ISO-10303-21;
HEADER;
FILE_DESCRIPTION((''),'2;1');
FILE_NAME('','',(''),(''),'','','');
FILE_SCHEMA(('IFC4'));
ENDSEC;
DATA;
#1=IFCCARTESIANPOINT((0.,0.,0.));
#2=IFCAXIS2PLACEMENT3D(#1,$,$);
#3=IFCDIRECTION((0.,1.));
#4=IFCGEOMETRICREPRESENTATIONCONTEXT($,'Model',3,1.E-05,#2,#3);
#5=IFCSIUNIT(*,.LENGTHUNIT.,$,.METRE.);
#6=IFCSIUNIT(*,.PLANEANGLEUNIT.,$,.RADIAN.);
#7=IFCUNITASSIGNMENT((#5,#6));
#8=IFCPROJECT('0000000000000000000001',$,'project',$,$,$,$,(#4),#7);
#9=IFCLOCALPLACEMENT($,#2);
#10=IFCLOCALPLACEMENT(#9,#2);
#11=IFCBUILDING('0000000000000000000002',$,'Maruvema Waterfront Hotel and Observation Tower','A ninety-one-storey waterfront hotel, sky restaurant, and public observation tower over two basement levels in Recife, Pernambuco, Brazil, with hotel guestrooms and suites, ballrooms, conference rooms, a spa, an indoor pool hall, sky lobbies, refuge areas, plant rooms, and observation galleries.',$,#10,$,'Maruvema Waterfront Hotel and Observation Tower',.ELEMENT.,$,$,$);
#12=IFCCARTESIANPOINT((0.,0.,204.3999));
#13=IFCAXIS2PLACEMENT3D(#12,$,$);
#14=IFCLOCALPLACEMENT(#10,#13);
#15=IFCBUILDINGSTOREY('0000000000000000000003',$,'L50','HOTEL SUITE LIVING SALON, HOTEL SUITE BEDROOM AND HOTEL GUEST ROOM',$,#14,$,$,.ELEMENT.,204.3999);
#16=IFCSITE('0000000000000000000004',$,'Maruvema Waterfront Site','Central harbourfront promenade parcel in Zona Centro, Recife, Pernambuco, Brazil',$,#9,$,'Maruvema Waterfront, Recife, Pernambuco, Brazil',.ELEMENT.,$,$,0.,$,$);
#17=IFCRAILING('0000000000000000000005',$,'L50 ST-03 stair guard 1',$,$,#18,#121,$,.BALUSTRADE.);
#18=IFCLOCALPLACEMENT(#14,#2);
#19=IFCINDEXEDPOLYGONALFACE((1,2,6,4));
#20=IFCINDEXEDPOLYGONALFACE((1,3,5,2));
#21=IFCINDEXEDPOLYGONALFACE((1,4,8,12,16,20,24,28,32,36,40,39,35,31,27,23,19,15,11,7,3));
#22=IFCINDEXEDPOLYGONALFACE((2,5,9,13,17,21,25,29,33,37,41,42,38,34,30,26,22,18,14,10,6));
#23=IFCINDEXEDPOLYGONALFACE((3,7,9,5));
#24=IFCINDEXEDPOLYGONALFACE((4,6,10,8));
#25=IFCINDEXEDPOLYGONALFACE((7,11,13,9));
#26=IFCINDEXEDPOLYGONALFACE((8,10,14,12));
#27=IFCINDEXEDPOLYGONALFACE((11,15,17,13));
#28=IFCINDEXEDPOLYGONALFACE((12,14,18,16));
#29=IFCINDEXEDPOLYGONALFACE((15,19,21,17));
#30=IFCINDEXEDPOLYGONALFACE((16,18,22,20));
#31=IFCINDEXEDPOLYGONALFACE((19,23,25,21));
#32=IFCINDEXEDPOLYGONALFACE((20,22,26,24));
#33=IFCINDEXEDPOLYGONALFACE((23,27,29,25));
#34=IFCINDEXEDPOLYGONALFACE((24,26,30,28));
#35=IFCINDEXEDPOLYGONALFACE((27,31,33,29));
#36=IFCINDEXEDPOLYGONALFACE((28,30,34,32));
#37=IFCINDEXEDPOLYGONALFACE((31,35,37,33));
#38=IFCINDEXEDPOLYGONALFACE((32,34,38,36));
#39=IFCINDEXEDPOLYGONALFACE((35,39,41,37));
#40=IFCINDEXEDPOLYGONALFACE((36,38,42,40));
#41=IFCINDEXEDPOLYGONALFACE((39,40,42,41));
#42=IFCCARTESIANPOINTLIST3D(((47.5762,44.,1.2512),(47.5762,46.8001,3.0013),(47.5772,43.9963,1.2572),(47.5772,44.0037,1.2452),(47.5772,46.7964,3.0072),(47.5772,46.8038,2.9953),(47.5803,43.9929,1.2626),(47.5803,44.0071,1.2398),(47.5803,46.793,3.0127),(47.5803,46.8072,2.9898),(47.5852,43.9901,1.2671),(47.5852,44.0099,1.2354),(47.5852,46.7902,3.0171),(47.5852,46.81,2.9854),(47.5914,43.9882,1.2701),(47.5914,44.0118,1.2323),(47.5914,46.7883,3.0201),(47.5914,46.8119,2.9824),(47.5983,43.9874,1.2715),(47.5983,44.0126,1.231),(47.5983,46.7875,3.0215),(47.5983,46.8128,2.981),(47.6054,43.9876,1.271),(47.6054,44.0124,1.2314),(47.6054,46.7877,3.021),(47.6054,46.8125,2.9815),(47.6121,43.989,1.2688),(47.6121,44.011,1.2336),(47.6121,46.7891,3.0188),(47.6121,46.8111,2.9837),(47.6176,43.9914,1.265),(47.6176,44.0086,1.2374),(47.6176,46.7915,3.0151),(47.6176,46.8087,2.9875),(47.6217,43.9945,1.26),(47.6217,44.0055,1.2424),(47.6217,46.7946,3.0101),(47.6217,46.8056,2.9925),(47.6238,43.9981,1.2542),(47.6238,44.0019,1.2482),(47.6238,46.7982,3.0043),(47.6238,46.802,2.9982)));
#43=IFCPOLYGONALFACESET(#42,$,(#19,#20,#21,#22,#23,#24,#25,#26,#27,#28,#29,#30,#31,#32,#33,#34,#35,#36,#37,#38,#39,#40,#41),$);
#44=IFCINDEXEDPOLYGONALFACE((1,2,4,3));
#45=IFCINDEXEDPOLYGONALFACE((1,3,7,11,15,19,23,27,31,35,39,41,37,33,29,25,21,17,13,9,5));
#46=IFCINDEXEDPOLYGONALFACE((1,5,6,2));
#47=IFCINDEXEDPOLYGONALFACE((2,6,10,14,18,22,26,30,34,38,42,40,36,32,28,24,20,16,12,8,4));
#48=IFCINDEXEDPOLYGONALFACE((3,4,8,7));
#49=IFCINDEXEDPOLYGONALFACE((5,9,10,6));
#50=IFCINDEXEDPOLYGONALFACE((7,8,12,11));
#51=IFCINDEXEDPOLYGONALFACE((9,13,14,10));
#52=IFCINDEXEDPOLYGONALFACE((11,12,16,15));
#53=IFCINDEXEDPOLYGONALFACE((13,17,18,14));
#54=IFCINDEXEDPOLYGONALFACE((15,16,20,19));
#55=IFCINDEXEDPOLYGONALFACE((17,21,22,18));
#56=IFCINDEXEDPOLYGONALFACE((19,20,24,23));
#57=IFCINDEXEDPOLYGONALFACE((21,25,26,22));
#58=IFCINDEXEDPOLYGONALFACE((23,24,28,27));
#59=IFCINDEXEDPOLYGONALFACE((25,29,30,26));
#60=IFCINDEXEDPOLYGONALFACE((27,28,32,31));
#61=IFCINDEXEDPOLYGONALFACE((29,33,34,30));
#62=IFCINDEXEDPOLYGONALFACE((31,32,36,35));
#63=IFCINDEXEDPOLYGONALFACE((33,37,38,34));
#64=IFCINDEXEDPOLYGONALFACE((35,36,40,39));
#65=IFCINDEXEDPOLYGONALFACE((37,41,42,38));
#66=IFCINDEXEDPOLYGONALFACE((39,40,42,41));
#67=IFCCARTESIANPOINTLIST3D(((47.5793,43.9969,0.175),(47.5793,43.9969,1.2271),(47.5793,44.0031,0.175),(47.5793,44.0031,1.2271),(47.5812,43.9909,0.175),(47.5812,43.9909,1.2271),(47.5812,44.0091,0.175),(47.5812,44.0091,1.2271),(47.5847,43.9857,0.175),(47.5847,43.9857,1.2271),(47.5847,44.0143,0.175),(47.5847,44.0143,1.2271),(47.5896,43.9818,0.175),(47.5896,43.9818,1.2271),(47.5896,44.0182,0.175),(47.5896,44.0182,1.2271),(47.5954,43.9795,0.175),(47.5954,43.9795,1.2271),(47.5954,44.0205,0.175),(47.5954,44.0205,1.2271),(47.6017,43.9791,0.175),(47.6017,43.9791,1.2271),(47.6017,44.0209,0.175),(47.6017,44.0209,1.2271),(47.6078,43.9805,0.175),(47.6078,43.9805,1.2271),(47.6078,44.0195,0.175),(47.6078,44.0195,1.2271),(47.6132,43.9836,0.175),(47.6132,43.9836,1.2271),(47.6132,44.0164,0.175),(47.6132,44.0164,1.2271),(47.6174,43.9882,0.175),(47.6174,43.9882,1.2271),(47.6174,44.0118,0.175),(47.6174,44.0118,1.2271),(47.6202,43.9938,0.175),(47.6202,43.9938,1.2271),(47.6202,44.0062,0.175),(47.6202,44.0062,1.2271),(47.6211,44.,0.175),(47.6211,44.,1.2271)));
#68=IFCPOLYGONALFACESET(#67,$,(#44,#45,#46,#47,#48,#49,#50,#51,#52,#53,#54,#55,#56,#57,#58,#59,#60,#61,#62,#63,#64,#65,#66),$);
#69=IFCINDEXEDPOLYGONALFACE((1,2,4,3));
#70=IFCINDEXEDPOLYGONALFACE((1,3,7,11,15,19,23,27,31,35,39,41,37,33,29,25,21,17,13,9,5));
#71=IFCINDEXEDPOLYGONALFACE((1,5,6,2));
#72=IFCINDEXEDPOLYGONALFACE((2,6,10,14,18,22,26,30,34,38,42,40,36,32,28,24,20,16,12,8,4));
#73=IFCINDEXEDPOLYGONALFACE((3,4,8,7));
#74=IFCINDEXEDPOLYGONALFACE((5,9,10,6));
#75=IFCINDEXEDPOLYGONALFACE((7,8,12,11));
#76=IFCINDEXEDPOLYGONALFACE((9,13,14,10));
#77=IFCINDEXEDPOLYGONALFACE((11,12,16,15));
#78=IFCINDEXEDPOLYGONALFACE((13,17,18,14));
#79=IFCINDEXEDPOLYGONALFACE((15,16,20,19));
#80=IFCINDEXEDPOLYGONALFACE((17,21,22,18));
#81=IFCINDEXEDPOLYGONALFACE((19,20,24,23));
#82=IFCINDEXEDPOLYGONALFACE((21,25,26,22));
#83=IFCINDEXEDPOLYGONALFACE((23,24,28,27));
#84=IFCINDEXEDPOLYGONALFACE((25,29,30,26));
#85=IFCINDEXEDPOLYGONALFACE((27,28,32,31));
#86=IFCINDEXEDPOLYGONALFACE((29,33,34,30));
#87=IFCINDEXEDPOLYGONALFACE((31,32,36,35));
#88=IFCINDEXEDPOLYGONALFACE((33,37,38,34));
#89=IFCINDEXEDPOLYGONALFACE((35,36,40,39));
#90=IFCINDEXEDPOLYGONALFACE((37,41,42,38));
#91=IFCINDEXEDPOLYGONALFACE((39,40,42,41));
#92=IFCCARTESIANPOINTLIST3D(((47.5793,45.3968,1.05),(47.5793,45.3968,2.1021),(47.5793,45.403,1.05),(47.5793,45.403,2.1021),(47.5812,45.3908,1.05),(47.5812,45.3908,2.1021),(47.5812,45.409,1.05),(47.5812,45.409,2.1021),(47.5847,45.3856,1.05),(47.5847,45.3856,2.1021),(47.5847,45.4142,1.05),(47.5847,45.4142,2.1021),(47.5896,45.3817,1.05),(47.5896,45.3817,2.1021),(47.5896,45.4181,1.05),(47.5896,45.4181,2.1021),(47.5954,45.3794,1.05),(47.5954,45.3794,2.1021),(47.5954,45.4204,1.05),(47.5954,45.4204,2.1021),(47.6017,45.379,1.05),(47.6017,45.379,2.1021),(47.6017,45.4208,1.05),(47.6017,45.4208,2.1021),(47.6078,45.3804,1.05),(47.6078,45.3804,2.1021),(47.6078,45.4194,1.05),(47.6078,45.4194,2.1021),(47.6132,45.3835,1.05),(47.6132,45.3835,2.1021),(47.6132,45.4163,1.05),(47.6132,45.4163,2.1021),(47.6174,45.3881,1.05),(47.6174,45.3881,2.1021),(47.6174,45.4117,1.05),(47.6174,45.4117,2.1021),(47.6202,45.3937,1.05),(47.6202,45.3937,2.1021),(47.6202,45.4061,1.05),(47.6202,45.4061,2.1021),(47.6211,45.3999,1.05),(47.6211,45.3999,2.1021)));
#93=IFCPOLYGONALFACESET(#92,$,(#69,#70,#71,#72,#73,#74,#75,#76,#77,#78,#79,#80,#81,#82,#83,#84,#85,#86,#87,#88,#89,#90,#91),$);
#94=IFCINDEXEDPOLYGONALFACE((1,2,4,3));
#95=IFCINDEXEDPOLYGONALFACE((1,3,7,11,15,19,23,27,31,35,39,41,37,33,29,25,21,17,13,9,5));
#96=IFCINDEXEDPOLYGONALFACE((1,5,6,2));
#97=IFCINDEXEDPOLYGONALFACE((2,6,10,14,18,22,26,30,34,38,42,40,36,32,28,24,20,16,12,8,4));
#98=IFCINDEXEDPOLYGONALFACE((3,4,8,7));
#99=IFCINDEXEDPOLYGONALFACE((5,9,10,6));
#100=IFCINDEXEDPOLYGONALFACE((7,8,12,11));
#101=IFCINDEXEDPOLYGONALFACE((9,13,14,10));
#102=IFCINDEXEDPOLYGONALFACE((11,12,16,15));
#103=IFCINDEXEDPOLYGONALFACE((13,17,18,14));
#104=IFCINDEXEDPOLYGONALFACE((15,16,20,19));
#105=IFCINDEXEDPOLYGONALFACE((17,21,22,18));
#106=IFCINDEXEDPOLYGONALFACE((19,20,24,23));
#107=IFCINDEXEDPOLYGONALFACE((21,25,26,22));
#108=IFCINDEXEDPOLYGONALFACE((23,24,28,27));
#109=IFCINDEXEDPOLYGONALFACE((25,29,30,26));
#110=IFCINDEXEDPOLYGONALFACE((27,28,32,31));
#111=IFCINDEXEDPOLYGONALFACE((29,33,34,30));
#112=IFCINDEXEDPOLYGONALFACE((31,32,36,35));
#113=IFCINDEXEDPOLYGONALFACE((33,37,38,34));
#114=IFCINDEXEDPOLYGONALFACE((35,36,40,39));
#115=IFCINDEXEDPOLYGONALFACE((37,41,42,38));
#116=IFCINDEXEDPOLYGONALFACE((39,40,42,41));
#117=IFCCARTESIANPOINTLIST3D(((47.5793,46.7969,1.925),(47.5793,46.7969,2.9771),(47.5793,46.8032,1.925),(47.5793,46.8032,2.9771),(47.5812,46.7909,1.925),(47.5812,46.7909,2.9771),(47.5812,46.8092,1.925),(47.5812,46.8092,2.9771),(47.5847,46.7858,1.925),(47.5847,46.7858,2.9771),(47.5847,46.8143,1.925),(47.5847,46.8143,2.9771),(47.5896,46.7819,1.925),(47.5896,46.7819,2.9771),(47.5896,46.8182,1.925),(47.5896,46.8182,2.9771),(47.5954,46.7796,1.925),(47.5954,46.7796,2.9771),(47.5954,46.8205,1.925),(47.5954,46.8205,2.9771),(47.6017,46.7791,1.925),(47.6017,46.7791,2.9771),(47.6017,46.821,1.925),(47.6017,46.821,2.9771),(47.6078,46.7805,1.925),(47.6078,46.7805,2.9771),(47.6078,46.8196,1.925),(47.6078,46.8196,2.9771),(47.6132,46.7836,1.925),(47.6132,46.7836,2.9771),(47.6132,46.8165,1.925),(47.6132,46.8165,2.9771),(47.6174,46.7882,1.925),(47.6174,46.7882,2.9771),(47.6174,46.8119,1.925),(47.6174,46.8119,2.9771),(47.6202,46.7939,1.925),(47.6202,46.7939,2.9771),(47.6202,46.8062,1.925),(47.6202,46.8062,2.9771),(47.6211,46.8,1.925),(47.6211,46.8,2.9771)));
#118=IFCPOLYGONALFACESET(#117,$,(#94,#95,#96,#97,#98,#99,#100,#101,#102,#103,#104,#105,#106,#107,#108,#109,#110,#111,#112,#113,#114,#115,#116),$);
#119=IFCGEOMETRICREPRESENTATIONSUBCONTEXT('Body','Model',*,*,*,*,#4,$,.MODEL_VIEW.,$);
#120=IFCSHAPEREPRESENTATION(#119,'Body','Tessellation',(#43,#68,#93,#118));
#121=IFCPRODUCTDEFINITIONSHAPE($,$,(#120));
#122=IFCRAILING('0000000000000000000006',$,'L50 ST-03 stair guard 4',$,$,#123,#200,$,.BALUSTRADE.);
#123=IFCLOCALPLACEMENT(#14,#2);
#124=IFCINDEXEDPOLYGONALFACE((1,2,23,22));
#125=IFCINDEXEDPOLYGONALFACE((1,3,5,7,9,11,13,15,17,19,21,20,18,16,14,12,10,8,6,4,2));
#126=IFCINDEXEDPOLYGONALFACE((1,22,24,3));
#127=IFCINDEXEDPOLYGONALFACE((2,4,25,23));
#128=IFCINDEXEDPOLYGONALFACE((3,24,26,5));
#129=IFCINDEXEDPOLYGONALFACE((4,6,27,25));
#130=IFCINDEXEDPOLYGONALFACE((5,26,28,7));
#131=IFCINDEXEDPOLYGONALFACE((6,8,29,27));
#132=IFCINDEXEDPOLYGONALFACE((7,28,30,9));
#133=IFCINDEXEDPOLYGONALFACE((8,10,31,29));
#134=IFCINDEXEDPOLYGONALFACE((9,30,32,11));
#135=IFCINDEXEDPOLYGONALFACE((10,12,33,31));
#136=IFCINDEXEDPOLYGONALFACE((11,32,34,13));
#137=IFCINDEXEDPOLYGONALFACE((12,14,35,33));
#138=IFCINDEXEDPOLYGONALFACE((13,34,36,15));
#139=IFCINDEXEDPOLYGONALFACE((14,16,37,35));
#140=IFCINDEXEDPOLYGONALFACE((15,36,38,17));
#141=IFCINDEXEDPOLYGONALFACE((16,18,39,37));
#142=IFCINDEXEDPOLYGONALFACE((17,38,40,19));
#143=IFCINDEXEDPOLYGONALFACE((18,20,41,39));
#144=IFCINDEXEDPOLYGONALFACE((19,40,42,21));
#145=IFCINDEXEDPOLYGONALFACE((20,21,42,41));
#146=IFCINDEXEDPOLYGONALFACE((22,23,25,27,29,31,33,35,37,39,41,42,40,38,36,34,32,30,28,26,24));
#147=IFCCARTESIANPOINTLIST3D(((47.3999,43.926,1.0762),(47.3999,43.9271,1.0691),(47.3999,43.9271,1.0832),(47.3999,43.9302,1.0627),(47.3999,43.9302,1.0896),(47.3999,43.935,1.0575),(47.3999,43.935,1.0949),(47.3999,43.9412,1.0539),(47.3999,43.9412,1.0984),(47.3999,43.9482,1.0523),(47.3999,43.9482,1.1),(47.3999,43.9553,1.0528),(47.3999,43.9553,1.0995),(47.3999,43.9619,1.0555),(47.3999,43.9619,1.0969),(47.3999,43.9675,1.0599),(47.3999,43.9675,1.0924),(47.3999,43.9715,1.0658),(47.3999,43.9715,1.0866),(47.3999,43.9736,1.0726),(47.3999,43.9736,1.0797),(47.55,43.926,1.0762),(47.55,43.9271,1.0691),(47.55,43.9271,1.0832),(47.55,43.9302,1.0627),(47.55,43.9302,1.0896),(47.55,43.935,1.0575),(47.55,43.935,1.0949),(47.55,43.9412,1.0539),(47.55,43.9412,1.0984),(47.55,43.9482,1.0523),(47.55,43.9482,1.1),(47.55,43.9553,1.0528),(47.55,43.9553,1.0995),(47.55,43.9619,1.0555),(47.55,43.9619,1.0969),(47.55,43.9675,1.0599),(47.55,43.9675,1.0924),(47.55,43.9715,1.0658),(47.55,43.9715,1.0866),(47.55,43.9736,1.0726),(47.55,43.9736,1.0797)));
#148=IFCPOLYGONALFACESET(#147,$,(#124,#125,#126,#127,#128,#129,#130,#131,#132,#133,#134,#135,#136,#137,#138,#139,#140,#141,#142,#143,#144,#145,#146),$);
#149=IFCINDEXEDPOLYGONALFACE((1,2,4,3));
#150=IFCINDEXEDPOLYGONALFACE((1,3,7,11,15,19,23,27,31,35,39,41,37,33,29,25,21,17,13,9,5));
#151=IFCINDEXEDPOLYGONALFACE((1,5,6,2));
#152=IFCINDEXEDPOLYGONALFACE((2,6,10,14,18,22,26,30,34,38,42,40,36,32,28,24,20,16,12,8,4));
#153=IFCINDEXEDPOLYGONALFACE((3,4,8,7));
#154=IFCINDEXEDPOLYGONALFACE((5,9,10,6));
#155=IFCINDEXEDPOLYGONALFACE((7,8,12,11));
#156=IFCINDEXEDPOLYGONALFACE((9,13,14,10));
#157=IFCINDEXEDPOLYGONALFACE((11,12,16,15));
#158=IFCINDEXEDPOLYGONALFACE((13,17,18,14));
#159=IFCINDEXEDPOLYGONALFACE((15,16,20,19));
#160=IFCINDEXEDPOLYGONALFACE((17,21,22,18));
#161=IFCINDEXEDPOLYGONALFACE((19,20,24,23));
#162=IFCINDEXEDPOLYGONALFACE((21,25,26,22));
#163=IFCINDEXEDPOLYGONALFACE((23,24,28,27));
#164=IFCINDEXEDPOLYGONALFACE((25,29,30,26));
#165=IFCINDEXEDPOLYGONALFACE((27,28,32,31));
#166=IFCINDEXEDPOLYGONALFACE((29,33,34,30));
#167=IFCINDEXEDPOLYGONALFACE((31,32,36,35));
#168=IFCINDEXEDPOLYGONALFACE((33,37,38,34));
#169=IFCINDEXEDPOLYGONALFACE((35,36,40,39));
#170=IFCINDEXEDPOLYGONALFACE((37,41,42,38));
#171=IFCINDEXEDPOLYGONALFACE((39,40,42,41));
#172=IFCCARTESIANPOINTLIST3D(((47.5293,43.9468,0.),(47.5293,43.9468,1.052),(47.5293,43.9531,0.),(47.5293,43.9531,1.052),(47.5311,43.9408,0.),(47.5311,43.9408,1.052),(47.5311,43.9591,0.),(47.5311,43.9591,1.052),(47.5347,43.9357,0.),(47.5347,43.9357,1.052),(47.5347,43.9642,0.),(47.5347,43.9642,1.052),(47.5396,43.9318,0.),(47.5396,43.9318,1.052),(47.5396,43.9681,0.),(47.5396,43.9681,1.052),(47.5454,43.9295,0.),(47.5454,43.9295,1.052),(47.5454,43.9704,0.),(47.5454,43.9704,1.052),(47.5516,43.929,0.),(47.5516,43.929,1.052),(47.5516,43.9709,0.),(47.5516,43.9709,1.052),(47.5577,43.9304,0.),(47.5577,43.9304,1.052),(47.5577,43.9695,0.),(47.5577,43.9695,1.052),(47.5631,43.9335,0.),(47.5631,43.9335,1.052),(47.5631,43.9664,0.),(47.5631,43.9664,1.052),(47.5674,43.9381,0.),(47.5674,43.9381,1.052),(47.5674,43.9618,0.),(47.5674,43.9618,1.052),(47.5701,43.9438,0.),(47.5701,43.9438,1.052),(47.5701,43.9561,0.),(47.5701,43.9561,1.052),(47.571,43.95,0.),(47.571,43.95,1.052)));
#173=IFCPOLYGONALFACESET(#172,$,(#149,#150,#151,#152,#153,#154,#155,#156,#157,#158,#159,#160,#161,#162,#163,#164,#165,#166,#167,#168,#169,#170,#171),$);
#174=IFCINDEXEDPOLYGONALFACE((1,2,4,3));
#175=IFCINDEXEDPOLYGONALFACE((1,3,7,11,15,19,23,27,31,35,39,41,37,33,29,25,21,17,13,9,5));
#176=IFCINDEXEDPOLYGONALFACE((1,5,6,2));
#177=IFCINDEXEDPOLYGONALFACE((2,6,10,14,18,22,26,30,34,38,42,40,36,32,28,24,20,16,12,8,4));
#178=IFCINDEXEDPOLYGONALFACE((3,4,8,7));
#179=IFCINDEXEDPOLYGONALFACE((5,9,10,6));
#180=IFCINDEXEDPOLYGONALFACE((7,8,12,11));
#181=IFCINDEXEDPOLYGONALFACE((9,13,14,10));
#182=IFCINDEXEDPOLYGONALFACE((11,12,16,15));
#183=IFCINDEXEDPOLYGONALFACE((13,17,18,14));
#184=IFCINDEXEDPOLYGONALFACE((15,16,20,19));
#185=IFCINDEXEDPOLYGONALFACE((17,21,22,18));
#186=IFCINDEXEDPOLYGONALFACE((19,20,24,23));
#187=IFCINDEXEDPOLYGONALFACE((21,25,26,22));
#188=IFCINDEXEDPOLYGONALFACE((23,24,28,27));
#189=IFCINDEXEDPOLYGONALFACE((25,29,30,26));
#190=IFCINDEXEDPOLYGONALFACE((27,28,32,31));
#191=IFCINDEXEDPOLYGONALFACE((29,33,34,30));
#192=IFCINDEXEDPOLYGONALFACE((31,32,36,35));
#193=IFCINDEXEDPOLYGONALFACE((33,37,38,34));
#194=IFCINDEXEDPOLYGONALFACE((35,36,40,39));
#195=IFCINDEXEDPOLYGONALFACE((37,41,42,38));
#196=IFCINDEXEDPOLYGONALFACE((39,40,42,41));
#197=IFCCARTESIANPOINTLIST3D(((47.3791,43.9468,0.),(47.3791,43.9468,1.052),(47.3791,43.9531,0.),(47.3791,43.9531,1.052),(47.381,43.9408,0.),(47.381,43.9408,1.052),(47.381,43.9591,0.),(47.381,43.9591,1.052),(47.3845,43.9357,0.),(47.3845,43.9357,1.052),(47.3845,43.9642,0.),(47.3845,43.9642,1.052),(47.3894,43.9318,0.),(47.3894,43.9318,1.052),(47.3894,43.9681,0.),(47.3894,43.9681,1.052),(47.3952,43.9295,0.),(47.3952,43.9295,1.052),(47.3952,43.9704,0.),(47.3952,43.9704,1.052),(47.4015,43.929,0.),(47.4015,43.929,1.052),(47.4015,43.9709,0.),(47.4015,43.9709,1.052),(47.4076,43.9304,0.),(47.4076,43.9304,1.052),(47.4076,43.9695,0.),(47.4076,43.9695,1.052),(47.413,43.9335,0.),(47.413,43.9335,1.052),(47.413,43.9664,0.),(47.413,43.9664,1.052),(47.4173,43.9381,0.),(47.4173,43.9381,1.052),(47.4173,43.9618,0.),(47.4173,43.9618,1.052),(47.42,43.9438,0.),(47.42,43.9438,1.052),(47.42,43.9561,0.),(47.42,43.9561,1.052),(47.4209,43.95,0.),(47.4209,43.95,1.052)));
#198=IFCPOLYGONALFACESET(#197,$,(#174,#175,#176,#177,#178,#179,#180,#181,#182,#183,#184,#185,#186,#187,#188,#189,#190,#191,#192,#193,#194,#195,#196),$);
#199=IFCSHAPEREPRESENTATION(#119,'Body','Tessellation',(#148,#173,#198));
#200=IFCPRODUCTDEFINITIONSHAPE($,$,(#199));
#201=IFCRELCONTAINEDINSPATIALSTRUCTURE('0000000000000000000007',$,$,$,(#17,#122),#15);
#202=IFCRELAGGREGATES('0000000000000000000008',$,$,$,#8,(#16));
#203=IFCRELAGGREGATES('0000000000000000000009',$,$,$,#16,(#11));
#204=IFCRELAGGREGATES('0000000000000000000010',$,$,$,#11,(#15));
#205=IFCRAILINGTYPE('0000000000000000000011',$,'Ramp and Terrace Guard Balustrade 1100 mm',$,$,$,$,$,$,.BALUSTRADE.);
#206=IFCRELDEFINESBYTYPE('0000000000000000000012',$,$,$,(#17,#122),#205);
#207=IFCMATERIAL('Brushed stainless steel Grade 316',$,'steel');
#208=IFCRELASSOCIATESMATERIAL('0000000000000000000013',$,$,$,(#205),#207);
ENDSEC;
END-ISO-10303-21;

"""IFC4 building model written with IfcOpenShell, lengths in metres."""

from ifc_helpers import new_model, si_unit, direction, frame, origin, origin_2d, place, context, subcontext, project, spatial, circle, extrude, material, type_object, element, save


model = new_model("IFC4")

# Units and contexts
model_context = context("Model", 3, precision=1e-05, world=origin(), true_north=direction((0.0, 1.0)))
body_context = subcontext(model_context, "Body", "Model", "MODEL_VIEW")
ifc_project = project(units=[si_unit("LENGTHUNIT", "METRE"), si_unit("PLANEANGLEUNIT", "RADIAN")], contexts=[model_context])

# Site, building, storey
site_placement = place(None, origin())
site = spatial("IfcSite", under=ifc_project, at=site_placement, Name="Maruvema Waterfront Site", Description="Central harbourfront promenade parcel in Zona Centro, Recife, Pernambuco, Brazil", LongName="Maruvema Waterfront, Recife, Pernambuco, Brazil", CompositionType="ELEMENT", RefElevation=0.0)
building_placement = place(site_placement, origin())
building = spatial("IfcBuilding", under=site, at=building_placement, Name="Maruvema Waterfront Hotel and Observation Tower", Description="A ninety-one-storey waterfront hotel, sky restaurant, and public observation tower over two basement levels in Recife, Pernambuco, Brazil, with hotel guestrooms and suites, ballrooms, conference rooms, a spa, an indoor pool hall, sky lobbies, refuge areas, plant rooms, and observation galleries.", LongName="Maruvema Waterfront Hotel and Observation Tower", CompositionType="ELEMENT")
storey_placement = place(building_placement, frame((0.0, 0.0, 204.3999)))
storey = spatial("IfcBuildingStorey", under=building, at=storey_placement, Name="L50", Description="HOTEL SUITE LIVING SALON, HOTEL SUITE BEDROOM AND HOTEL GUEST ROOM", CompositionType="ELEMENT", Elevation=204.3999)

# Railings
ifc_material_1 = material(Name="Brushed stainless steel Grade 316", Category="steel")
railing_type_1 = type_object("IfcRailingType", Name="Ramp and Terrace Guard Balustrade 1100 mm", PredefinedType="BALUSTRADE", material=ifc_material_1)
railing_1_placement = place(storey_placement, frame((47.6001, 44.0, 0.175)))
element("IfcRailing", 1, at=railing_1_placement, inside=storey, type_object=railing_type_1, Name="L50 ST-03 stair guard 1", PredefinedType="BALUSTRADE", context=body_context, shape_type="SweptSolid", body=[
    extrude(circle(Radius=0.0239, at=origin_2d()), frame((0.0, 0.0, 1.0762), z_axis=(0.0, 0.848002, 0.529992), x_axis=(-1.0, 0.0, 0.0)), (0.0, 0.0, 1.0), 3.302),
    extrude(circle(Radius=0.021, at=origin_2d()), origin(), (0.0, 0.0, 1.0), 1.052),
    extrude(circle(Radius=0.021, at=origin_2d()), frame((0.0, 1.3999, 0.875)), (0.0, 0.0, 1.0), 1.052),
    extrude(circle(Radius=0.021, at=origin_2d()), frame((0.0, 2.8, 1.75)), (0.0, 0.0, 1.0), 1.052),
])
railing_2_placement = place(storey_placement, frame((47.55, 43.95, 0.0)))
element("IfcRailing", 2, at=railing_2_placement, inside=storey, type_object=railing_type_1, Name="L50 ST-03 stair guard 4", PredefinedType="BALUSTRADE", context=body_context, shape_type="SweptSolid", body=[
    extrude(circle(Radius=0.0239, at=origin_2d()), frame((0.0, 0.0, 1.0762), z_axis=(-1.0, 0.0, 0.0), x_axis=(0.0, -1.0, 0.0)), (0.0, 0.0, 1.0), 0.1501),
    extrude(circle(Radius=0.021, at=origin_2d()), origin(), (0.0, 0.0, 1.0), 1.052),
    extrude(circle(Radius=0.021, at=origin_2d()), frame((-0.1501, 0.0, 0.0)), (0.0, 0.0, 1.0), 1.052),
])

save(model, "model.ifc")
